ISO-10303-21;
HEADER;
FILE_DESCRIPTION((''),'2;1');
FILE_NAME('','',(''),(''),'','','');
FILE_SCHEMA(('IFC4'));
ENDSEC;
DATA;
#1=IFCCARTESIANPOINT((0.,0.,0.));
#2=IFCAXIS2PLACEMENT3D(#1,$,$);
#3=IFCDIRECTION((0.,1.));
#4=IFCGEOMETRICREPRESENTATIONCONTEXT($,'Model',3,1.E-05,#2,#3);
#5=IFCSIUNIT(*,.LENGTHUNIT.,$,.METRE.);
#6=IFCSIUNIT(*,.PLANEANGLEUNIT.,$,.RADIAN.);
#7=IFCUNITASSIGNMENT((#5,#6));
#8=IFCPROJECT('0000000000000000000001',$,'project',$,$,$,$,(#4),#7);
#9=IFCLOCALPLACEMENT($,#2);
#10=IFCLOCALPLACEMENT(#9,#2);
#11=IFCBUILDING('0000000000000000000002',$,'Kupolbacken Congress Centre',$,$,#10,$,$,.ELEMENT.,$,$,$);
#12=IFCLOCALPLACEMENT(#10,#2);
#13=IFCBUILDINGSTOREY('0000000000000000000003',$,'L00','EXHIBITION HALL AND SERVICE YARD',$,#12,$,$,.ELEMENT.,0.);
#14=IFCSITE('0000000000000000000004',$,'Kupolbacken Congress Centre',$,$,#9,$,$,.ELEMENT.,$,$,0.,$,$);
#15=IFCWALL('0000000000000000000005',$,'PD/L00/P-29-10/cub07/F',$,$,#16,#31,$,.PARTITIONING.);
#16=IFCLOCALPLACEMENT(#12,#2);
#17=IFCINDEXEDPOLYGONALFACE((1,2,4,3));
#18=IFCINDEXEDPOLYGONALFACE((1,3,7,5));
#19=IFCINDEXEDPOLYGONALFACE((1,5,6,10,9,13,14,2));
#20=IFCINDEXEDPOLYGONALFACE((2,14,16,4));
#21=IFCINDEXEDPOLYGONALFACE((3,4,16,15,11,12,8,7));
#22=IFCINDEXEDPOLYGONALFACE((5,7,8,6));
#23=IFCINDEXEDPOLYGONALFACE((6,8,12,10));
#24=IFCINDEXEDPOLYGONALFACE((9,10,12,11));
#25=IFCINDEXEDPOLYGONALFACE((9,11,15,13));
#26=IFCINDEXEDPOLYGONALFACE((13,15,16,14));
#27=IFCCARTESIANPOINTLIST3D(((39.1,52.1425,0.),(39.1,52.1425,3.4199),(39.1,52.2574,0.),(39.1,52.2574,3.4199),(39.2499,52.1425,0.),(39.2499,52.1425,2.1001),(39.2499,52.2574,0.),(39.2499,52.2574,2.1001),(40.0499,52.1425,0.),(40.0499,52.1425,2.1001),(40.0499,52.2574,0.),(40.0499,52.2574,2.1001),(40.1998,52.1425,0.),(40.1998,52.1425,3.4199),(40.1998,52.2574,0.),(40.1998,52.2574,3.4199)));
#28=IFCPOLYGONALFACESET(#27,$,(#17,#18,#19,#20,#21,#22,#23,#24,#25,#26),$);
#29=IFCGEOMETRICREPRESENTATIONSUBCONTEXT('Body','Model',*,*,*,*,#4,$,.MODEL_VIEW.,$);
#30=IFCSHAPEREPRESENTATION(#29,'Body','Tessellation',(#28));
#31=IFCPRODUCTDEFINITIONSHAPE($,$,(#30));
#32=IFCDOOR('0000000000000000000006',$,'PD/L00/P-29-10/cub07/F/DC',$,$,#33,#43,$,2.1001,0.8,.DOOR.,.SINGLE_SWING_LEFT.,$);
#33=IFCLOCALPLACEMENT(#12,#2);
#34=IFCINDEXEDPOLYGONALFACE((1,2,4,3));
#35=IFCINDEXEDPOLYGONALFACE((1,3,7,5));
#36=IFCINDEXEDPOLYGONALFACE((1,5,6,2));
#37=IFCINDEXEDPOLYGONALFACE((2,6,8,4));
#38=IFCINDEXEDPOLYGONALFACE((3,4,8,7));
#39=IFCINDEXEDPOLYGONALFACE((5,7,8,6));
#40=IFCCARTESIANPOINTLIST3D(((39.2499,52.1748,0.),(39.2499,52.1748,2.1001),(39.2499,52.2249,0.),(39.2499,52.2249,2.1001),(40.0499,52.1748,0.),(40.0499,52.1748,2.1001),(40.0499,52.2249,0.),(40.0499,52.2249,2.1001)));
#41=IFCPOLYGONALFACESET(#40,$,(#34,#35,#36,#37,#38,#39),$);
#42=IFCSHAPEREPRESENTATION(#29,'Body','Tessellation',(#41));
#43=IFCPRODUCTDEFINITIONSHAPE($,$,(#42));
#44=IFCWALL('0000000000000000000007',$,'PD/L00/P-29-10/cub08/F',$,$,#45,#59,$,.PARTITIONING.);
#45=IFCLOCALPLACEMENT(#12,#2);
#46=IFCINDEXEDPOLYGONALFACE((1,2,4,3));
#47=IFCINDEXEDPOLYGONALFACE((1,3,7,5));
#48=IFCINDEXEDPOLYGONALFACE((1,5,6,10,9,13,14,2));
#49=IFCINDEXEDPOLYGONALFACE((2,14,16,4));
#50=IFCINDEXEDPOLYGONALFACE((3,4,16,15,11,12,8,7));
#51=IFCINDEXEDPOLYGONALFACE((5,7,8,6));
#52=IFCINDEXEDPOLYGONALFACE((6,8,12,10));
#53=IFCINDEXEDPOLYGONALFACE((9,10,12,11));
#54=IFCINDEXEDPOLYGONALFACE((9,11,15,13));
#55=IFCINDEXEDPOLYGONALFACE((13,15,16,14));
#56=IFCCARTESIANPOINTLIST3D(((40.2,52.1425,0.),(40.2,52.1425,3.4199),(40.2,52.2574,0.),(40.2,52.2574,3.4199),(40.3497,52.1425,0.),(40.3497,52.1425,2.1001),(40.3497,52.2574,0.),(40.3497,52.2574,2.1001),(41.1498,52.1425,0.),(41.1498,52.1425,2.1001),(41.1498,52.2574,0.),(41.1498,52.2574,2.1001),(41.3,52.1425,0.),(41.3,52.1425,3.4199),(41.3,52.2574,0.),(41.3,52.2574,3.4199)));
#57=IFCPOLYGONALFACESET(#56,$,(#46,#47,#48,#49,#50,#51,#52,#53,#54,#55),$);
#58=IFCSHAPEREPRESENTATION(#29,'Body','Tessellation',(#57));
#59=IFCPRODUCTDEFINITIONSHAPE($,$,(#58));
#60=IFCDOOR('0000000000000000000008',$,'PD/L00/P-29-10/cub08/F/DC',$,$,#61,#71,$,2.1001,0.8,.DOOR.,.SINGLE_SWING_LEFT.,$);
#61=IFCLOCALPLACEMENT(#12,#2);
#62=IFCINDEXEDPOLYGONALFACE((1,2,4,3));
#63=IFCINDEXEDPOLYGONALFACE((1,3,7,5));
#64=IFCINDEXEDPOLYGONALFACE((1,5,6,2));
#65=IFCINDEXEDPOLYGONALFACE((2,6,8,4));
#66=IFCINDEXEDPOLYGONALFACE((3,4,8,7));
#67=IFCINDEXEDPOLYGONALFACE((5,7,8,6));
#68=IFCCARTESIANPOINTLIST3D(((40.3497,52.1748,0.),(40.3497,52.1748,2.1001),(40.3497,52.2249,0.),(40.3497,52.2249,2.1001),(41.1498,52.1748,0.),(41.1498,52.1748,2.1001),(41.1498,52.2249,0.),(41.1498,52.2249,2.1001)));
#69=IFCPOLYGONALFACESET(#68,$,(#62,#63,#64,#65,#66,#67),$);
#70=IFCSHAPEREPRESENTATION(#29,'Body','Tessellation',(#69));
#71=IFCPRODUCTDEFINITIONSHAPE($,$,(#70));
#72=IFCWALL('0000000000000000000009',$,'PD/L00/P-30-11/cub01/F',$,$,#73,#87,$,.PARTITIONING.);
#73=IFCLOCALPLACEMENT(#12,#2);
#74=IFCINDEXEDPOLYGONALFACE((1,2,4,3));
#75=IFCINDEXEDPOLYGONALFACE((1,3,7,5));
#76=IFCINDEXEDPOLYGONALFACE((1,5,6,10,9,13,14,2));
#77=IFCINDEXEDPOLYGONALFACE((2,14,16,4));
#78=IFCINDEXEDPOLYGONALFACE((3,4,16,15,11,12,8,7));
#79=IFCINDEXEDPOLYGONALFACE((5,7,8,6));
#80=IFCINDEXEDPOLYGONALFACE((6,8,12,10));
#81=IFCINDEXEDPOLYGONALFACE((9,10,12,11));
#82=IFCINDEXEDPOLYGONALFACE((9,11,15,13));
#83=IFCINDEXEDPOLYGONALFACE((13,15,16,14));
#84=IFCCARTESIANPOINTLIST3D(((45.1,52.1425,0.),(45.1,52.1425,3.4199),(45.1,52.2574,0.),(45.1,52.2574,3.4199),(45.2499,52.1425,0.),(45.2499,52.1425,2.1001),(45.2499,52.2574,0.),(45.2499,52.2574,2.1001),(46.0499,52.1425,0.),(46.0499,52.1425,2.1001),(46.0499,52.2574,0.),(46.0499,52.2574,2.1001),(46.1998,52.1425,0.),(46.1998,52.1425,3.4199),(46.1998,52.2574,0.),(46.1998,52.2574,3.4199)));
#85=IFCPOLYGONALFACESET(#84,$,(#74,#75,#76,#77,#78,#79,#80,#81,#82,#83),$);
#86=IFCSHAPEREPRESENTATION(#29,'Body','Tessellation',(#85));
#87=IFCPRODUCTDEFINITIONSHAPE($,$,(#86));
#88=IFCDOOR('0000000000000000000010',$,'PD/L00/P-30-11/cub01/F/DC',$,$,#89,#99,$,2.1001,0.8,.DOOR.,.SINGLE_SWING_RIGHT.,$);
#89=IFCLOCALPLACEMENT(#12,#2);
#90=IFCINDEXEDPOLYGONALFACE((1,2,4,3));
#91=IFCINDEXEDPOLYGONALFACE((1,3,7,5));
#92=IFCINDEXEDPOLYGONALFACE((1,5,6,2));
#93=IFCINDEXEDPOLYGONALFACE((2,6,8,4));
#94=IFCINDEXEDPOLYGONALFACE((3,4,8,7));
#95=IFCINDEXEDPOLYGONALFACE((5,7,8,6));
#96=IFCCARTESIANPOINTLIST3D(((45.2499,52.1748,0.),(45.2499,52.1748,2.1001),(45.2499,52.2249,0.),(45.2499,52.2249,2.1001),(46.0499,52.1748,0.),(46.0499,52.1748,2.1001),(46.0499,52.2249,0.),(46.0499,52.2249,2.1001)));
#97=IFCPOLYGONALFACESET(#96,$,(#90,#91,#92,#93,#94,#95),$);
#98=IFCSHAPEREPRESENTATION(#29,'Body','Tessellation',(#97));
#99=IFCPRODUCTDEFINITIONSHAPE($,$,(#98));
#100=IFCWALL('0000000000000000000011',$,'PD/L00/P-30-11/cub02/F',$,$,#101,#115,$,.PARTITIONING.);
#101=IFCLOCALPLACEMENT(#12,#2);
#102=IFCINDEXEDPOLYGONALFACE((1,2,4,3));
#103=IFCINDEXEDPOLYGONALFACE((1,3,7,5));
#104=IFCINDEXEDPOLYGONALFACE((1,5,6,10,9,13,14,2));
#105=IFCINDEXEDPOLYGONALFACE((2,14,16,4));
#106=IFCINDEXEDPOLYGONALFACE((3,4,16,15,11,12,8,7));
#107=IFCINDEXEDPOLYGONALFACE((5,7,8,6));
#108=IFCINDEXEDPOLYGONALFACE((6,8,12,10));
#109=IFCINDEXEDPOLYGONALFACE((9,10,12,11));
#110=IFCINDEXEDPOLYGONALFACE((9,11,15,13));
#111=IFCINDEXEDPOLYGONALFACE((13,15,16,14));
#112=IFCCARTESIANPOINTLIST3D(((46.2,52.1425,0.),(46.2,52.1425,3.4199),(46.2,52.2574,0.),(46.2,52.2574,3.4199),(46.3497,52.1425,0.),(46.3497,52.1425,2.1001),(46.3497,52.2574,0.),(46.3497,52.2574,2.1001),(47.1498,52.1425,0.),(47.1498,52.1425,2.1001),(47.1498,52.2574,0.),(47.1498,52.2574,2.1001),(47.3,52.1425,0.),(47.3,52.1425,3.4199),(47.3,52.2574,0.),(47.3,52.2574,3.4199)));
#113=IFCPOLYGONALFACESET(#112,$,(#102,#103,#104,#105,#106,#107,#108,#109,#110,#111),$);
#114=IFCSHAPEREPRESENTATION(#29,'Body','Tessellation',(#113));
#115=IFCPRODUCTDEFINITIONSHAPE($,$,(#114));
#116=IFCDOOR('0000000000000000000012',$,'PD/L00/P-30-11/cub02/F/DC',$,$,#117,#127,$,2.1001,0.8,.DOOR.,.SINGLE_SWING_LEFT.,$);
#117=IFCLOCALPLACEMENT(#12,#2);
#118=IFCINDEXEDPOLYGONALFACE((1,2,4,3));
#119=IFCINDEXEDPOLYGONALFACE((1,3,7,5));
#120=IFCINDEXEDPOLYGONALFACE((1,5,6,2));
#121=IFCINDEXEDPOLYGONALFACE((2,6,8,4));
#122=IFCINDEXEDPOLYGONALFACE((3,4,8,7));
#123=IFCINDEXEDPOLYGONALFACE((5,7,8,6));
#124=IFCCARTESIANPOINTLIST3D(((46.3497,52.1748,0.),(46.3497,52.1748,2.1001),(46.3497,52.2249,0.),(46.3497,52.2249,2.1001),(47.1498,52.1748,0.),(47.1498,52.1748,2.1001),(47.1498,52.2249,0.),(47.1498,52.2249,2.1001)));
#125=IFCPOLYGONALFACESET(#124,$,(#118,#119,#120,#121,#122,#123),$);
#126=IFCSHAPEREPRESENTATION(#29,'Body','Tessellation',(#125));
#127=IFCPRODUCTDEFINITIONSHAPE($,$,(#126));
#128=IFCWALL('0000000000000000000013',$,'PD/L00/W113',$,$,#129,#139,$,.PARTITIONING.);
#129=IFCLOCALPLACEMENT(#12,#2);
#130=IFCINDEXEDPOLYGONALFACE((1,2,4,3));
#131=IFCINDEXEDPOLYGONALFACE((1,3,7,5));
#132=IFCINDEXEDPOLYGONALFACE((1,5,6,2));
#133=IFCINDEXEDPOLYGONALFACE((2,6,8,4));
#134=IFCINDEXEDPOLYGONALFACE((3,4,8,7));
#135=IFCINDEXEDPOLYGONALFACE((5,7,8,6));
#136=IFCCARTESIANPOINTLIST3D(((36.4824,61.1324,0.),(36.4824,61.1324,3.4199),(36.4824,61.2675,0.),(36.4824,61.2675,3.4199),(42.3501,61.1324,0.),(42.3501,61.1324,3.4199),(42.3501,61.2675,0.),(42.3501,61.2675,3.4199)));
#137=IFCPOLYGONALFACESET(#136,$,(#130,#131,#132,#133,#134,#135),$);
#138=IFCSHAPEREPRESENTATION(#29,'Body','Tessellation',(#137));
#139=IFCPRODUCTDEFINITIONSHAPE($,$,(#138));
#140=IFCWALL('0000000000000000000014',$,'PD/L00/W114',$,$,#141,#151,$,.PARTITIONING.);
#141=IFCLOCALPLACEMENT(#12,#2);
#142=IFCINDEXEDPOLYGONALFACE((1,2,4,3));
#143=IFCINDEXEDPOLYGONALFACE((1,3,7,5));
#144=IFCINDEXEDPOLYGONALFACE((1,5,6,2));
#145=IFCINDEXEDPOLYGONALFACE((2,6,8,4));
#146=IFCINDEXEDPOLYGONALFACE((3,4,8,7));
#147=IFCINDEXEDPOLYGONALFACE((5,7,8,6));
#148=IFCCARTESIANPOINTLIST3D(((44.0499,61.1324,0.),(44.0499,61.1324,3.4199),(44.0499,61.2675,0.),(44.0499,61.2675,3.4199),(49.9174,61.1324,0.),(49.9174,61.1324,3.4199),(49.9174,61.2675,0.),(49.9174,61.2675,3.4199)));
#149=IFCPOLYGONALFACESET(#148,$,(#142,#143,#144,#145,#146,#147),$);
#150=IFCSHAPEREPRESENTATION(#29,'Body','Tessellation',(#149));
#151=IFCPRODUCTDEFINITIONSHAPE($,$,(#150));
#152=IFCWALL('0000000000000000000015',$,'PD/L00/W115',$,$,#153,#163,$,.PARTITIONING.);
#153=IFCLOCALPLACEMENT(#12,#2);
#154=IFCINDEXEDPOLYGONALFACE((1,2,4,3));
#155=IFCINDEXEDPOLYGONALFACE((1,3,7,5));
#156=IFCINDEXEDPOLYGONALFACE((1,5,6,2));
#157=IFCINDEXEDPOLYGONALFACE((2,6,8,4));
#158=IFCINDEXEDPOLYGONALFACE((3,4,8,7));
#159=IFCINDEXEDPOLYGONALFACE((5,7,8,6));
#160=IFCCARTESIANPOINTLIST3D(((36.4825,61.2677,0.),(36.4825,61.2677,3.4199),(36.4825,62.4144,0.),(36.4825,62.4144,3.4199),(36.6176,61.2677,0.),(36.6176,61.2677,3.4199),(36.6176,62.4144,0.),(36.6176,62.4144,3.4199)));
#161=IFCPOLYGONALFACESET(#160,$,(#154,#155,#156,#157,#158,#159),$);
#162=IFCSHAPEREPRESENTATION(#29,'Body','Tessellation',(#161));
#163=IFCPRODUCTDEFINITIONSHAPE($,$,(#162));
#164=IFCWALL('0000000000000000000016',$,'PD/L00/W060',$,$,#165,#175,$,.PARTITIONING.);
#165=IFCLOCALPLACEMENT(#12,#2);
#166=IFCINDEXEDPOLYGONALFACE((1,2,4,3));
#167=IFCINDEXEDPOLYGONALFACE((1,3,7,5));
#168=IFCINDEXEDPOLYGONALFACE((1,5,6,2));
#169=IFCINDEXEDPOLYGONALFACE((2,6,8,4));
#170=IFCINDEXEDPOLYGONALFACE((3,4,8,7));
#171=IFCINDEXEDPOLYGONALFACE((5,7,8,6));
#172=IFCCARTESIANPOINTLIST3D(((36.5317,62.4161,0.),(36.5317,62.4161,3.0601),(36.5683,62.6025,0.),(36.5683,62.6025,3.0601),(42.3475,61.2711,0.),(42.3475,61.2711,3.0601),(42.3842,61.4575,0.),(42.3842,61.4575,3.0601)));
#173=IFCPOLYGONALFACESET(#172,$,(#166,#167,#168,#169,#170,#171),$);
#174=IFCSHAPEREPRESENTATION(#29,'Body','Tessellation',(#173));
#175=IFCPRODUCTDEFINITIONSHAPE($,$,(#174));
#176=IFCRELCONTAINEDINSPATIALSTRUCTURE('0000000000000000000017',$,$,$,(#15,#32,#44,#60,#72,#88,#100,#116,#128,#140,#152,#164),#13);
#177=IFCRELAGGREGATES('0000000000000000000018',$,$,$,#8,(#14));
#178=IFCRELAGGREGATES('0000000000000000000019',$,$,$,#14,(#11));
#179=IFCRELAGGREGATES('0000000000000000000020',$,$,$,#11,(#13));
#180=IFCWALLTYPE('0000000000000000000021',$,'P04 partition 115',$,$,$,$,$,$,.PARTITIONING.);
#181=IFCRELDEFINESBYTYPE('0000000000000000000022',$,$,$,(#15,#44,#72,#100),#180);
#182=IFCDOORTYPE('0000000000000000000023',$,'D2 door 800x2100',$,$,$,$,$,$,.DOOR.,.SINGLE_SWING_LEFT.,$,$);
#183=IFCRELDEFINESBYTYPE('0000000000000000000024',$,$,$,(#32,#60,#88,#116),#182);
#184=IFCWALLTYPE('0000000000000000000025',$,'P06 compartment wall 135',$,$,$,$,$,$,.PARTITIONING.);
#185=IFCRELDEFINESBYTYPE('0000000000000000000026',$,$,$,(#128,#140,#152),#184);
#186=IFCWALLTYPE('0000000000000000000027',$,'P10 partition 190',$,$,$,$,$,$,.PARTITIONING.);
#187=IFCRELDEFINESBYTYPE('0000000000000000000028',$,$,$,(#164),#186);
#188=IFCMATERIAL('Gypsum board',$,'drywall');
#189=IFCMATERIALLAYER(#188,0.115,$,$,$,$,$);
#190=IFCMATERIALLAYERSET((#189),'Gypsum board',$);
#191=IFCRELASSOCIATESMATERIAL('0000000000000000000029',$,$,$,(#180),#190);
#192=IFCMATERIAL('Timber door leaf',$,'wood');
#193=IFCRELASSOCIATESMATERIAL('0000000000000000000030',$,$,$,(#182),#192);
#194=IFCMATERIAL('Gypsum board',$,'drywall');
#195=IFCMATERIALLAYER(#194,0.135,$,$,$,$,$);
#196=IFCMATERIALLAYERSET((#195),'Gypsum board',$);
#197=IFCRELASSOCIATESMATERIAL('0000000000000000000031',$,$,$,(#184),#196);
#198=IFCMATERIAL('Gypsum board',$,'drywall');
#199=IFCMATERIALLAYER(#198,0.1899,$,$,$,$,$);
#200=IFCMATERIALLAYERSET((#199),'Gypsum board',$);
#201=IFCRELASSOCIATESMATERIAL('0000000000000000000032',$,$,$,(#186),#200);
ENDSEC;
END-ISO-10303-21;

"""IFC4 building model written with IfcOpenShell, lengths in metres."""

from ifc_helpers import new_model, si_unit, direction, frame, frame_2d, origin, place, context, subcontext, project, spatial, rectangle, extrude, material, layer, layer_set, type_object, element, fill, save


model = new_model("IFC4")

# Units and contexts
model_context = context("Model", 3, precision=1e-05, world=origin(), true_north=direction((0.0, 1.0)))
body_context = subcontext(model_context, "Body", "Model", "MODEL_VIEW")
ifc_project = project(units=[si_unit("LENGTHUNIT", "METRE"), si_unit("PLANEANGLEUNIT", "RADIAN")], contexts=[model_context])

# Site, building, storey
site_placement = place(None, origin())
site = spatial("IfcSite", under=ifc_project, at=site_placement, Name="Kupolbacken Congress Centre", CompositionType="ELEMENT", RefElevation=0.0)
building_placement = place(site_placement, origin())
building = spatial("IfcBuilding", under=site, at=building_placement, Name="Kupolbacken Congress Centre", CompositionType="ELEMENT")
storey_placement = place(building_placement, origin())
storey = spatial("IfcBuildingStorey", under=building, at=storey_placement, Name="L00", Description="EXHIBITION HALL AND SERVICE YARD", CompositionType="ELEMENT", Elevation=0.0)

# Walls, openings, doors
ifc_material_1 = material(Name="Gypsum board", Category="drywall")
ifc_layer_1 = layer(ifc_material_1, 0.115)
ifc_layer_set_1 = layer_set([ifc_layer_1], Name="Gypsum board")
wall_type_1 = type_object("IfcWallType", Name="P04 partition 115", PredefinedType="PARTITIONING", material=ifc_layer_set_1)
ifc_material_2 = material(Name="Timber door leaf", Category="wood")
door_type_1 = type_object("IfcDoorType", Name="D2 door 800x2100", OperationType="SINGLE_SWING_LEFT", PredefinedType="DOOR", material=ifc_material_2)
wall_1_placement = place(storey_placement, frame((39.1001, 52.2, 0.0), z_axis=(0.0, 0.0, 1.0), x_axis=(1.0, 0.0, 0.0)))
wall_1 = element("IfcWall", 1, at=wall_1_placement, inside=storey, type_object=wall_type_1, Name="PD/L00/P-29-10/cub07/F", PredefinedType="PARTITIONING", context=body_context, shape_type="SweptSolid", body=[
    extrude(rectangle(XDim=1.0999, YDim=0.115, at=frame_2d((0.5498, 0.0))), origin(), (0.0, 0.0, 1.0), 3.4199),
])
opening_1_placement = place(wall_1_placement, frame((0.1499, 0.0, 0.0)))
opening_1 = element("IfcOpeningElement", 2, at=opening_1_placement, cuts=wall_1, PredefinedType="OPENING", context=body_context, shape_type="SweptSolid", body=[
    extrude(rectangle(XDim=0.8, YDim=2.1001, at=frame_2d((0.3999, 1.05))), frame((0.0, 0.0674, 0.0), z_axis=(0.0, -1.0, 0.0), x_axis=(1.0, 0.0, 0.0)), (0.0, 0.0, 1.0), 0.135),
])
door_1_placement = place(opening_1_placement, origin())
door_1 = element("IfcDoor", 3, at=door_1_placement, inside=storey, type_object=door_type_1, Name="PD/L00/P-29-10/cub07/F/DC", OperationType="SINGLE_SWING_LEFT", OverallHeight=2.1001, OverallWidth=0.8, PredefinedType="DOOR", context=body_context, shape_type="SweptSolid", body=[
    extrude(rectangle(XDim=0.8, YDim=2.1001, at=frame_2d((0.3999, 1.05))), frame((0.0, 0.0249, 0.0), z_axis=(0.0, -1.0, 0.0), x_axis=(1.0, 0.0, 0.0)), (0.0, 0.0, 1.0), 0.05),
])
fill(opening_1, door_1)
wall_2_placement = place(storey_placement, frame((40.2, 52.2, 0.0), z_axis=(0.0, 0.0, 1.0), x_axis=(1.0, 0.0, 0.0)))
wall_2 = element("IfcWall", 4, at=wall_2_placement, inside=storey, type_object=wall_type_1, Name="PD/L00/P-29-10/cub08/F", PredefinedType="PARTITIONING", context=body_context, shape_type="SweptSolid", body=[
    extrude(rectangle(XDim=1.1001, YDim=0.115, at=frame_2d((0.55, 0.0))), origin(), (0.0, 0.0, 1.0), 3.4199),
])
opening_2_placement = place(wall_2_placement, frame((0.1499, 0.0, 0.0)))
opening_2 = element("IfcOpeningElement", 5, at=opening_2_placement, cuts=wall_2, PredefinedType="OPENING", context=body_context, shape_type="SweptSolid", body=[
    extrude(rectangle(XDim=0.8, YDim=2.1001, at=frame_2d((0.3999, 1.05))), frame((0.0, 0.0674, 0.0), z_axis=(0.0, -1.0, 0.0), x_axis=(1.0, 0.0, 0.0)), (0.0, 0.0, 1.0), 0.135),
])
door_2_placement = place(opening_2_placement, origin())
door_2 = element("IfcDoor", 6, at=door_2_placement, inside=storey, type_object=door_type_1, Name="PD/L00/P-29-10/cub08/F/DC", OperationType="SINGLE_SWING_LEFT", OverallHeight=2.1001, OverallWidth=0.8, PredefinedType="DOOR", context=body_context, shape_type="SweptSolid", body=[
    extrude(rectangle(XDim=0.8, YDim=2.1001, at=frame_2d((0.3999, 1.05))), frame((0.0, 0.0249, 0.0), z_axis=(0.0, -1.0, 0.0), x_axis=(1.0, 0.0, 0.0)), (0.0, 0.0, 1.0), 0.05),
])
fill(opening_2, door_2)
wall_3_placement = place(storey_placement, frame((45.1001, 52.2, 0.0), z_axis=(0.0, 0.0, 1.0), x_axis=(1.0, 0.0, 0.0)))
wall_3 = element("IfcWall", 7, at=wall_3_placement, inside=storey, type_object=wall_type_1, Name="PD/L00/P-30-11/cub01/F", PredefinedType="PARTITIONING", context=body_context, shape_type="SweptSolid", body=[
    extrude(rectangle(XDim=1.0999, YDim=0.115, at=frame_2d((0.5498, 0.0))), origin(), (0.0, 0.0, 1.0), 3.4199),
])
opening_3_placement = place(wall_3_placement, frame((0.1499, 0.0, 0.0)))
opening_3 = element("IfcOpeningElement", 8, at=opening_3_placement, cuts=wall_3, PredefinedType="OPENING", context=body_context, shape_type="SweptSolid", body=[
    extrude(rectangle(XDim=0.8, YDim=2.1001, at=frame_2d((0.3999, 1.05))), frame((0.0, 0.0674, 0.0), z_axis=(0.0, -1.0, 0.0), x_axis=(1.0, 0.0, 0.0)), (0.0, 0.0, 1.0), 0.135),
])
door_3_placement = place(opening_3_placement, origin())
door_3 = element("IfcDoor", 9, at=door_3_placement, inside=storey, type_object=door_type_1, Name="PD/L00/P-30-11/cub01/F/DC", OperationType="SINGLE_SWING_RIGHT", OverallHeight=2.1001, OverallWidth=0.8, PredefinedType="DOOR", context=body_context, shape_type="SweptSolid", body=[
    extrude(rectangle(XDim=0.8, YDim=2.1001, at=frame_2d((0.3999, 1.05))), frame((0.0, 0.0249, 0.0), z_axis=(0.0, -1.0, 0.0), x_axis=(1.0, 0.0, 0.0)), (0.0, 0.0, 1.0), 0.05),
])
fill(opening_3, door_3)
wall_4_placement = place(storey_placement, frame((46.2, 52.2, 0.0), z_axis=(0.0, 0.0, 1.0), x_axis=(1.0, 0.0, 0.0)))
wall_4 = element("IfcWall", 10, at=wall_4_placement, inside=storey, type_object=wall_type_1, Name="PD/L00/P-30-11/cub02/F", PredefinedType="PARTITIONING", context=body_context, shape_type="SweptSolid", body=[
    extrude(rectangle(XDim=1.1001, YDim=0.115, at=frame_2d((0.55, 0.0))), origin(), (0.0, 0.0, 1.0), 3.4199),
])
opening_4_placement = place(wall_4_placement, frame((0.1499, 0.0, 0.0)))
opening_4 = element("IfcOpeningElement", 11, at=opening_4_placement, cuts=wall_4, PredefinedType="OPENING", context=body_context, shape_type="SweptSolid", body=[
    extrude(rectangle(XDim=0.8, YDim=2.1001, at=frame_2d((0.3999, 1.05))), frame((0.0, 0.0674, 0.0), z_axis=(0.0, -1.0, 0.0), x_axis=(1.0, 0.0, 0.0)), (0.0, 0.0, 1.0), 0.135),
])
door_4_placement = place(opening_4_placement, origin())
door_4 = element("IfcDoor", 12, at=door_4_placement, inside=storey, type_object=door_type_1, Name="PD/L00/P-30-11/cub02/F/DC", OperationType="SINGLE_SWING_LEFT", OverallHeight=2.1001, OverallWidth=0.8, PredefinedType="DOOR", context=body_context, shape_type="SweptSolid", body=[
    extrude(rectangle(XDim=0.8, YDim=2.1001, at=frame_2d((0.3999, 1.05))), frame((0.0, 0.0249, 0.0), z_axis=(0.0, -1.0, 0.0), x_axis=(1.0, 0.0, 0.0)), (0.0, 0.0, 1.0), 0.05),
])
fill(opening_4, door_4)

# Walls
ifc_material_3 = material(Name="Gypsum board", Category="drywall")
ifc_layer_2 = layer(ifc_material_3, 0.135)
ifc_layer_set_2 = layer_set([ifc_layer_2], Name="Gypsum board")
wall_type_2 = type_object("IfcWallType", Name="P06 compartment wall 135", PredefinedType="PARTITIONING", material=ifc_layer_set_2)
wall_5_placement = place(storey_placement, frame((36.4824, 61.2, 0.0), z_axis=(0.0, 0.0, 1.0), x_axis=(1.0, 0.0, 0.0)))
element("IfcWall", 13, at=wall_5_placement, inside=storey, type_object=wall_type_2, Name="PD/L00/W113", PredefinedType="PARTITIONING", context=body_context, shape_type="SweptSolid", body=[
    extrude(rectangle(XDim=5.8677, YDim=0.135, at=frame_2d((2.9338, 0.0))), origin(), (0.0, 0.0, 1.0), 3.4199),
])
wall_6_placement = place(storey_placement, frame((44.05, 61.2, 0.0), z_axis=(0.0, 0.0, 1.0), x_axis=(1.0, 0.0, 0.0)))
element("IfcWall", 14, at=wall_6_placement, inside=storey, type_object=wall_type_2, Name="PD/L00/W114", PredefinedType="PARTITIONING", context=body_context, shape_type="SweptSolid", body=[
    extrude(rectangle(XDim=5.8674, YDim=0.135, at=frame_2d((2.9336, 0.0))), origin(), (0.0, 0.0, 1.0), 3.4199),
])
wall_7_placement = place(storey_placement, frame((36.55, 62.4143, 0.0), z_axis=(0.0, 0.0, 1.0), x_axis=(0.0, -1.0, 0.0)))
element("IfcWall", 15, at=wall_7_placement, inside=storey, type_object=wall_type_2, Name="PD/L00/W115", PredefinedType="PARTITIONING", context=body_context, shape_type="SweptSolid", body=[
    extrude(rectangle(XDim=1.1467, YDim=0.135, at=frame_2d((0.5732, 0.0))), origin(), (0.0, 0.0, 1.0), 3.4199),
])
ifc_material_4 = material(Name="Gypsum board", Category="drywall")
ifc_layer_3 = layer(ifc_material_4, 0.1899)
ifc_layer_set_3 = layer_set([ifc_layer_3], Name="Gypsum board")
wall_type_3 = type_object("IfcWallType", Name="P10 partition 190", PredefinedType="PARTITIONING", material=ifc_layer_set_3)
wall_8_placement = place(storey_placement, frame((42.366, 61.3643, 0.0), z_axis=(0.0, 0.0, 1.0), x_axis=(-0.981166, 0.193169, 0.0)))
element("IfcWall", 16, at=wall_8_placement, inside=storey, type_object=wall_type_3, Name="PD/L00/W060", PredefinedType="PARTITIONING", context=body_context, shape_type="SweptSolid", body=[
    extrude(rectangle(XDim=5.9275, YDim=0.1899, at=frame_2d((2.9639, 0.0))), origin(), (0.0, 0.0, 1.0), 3.0601),
])

save(model, "model.ifc")
